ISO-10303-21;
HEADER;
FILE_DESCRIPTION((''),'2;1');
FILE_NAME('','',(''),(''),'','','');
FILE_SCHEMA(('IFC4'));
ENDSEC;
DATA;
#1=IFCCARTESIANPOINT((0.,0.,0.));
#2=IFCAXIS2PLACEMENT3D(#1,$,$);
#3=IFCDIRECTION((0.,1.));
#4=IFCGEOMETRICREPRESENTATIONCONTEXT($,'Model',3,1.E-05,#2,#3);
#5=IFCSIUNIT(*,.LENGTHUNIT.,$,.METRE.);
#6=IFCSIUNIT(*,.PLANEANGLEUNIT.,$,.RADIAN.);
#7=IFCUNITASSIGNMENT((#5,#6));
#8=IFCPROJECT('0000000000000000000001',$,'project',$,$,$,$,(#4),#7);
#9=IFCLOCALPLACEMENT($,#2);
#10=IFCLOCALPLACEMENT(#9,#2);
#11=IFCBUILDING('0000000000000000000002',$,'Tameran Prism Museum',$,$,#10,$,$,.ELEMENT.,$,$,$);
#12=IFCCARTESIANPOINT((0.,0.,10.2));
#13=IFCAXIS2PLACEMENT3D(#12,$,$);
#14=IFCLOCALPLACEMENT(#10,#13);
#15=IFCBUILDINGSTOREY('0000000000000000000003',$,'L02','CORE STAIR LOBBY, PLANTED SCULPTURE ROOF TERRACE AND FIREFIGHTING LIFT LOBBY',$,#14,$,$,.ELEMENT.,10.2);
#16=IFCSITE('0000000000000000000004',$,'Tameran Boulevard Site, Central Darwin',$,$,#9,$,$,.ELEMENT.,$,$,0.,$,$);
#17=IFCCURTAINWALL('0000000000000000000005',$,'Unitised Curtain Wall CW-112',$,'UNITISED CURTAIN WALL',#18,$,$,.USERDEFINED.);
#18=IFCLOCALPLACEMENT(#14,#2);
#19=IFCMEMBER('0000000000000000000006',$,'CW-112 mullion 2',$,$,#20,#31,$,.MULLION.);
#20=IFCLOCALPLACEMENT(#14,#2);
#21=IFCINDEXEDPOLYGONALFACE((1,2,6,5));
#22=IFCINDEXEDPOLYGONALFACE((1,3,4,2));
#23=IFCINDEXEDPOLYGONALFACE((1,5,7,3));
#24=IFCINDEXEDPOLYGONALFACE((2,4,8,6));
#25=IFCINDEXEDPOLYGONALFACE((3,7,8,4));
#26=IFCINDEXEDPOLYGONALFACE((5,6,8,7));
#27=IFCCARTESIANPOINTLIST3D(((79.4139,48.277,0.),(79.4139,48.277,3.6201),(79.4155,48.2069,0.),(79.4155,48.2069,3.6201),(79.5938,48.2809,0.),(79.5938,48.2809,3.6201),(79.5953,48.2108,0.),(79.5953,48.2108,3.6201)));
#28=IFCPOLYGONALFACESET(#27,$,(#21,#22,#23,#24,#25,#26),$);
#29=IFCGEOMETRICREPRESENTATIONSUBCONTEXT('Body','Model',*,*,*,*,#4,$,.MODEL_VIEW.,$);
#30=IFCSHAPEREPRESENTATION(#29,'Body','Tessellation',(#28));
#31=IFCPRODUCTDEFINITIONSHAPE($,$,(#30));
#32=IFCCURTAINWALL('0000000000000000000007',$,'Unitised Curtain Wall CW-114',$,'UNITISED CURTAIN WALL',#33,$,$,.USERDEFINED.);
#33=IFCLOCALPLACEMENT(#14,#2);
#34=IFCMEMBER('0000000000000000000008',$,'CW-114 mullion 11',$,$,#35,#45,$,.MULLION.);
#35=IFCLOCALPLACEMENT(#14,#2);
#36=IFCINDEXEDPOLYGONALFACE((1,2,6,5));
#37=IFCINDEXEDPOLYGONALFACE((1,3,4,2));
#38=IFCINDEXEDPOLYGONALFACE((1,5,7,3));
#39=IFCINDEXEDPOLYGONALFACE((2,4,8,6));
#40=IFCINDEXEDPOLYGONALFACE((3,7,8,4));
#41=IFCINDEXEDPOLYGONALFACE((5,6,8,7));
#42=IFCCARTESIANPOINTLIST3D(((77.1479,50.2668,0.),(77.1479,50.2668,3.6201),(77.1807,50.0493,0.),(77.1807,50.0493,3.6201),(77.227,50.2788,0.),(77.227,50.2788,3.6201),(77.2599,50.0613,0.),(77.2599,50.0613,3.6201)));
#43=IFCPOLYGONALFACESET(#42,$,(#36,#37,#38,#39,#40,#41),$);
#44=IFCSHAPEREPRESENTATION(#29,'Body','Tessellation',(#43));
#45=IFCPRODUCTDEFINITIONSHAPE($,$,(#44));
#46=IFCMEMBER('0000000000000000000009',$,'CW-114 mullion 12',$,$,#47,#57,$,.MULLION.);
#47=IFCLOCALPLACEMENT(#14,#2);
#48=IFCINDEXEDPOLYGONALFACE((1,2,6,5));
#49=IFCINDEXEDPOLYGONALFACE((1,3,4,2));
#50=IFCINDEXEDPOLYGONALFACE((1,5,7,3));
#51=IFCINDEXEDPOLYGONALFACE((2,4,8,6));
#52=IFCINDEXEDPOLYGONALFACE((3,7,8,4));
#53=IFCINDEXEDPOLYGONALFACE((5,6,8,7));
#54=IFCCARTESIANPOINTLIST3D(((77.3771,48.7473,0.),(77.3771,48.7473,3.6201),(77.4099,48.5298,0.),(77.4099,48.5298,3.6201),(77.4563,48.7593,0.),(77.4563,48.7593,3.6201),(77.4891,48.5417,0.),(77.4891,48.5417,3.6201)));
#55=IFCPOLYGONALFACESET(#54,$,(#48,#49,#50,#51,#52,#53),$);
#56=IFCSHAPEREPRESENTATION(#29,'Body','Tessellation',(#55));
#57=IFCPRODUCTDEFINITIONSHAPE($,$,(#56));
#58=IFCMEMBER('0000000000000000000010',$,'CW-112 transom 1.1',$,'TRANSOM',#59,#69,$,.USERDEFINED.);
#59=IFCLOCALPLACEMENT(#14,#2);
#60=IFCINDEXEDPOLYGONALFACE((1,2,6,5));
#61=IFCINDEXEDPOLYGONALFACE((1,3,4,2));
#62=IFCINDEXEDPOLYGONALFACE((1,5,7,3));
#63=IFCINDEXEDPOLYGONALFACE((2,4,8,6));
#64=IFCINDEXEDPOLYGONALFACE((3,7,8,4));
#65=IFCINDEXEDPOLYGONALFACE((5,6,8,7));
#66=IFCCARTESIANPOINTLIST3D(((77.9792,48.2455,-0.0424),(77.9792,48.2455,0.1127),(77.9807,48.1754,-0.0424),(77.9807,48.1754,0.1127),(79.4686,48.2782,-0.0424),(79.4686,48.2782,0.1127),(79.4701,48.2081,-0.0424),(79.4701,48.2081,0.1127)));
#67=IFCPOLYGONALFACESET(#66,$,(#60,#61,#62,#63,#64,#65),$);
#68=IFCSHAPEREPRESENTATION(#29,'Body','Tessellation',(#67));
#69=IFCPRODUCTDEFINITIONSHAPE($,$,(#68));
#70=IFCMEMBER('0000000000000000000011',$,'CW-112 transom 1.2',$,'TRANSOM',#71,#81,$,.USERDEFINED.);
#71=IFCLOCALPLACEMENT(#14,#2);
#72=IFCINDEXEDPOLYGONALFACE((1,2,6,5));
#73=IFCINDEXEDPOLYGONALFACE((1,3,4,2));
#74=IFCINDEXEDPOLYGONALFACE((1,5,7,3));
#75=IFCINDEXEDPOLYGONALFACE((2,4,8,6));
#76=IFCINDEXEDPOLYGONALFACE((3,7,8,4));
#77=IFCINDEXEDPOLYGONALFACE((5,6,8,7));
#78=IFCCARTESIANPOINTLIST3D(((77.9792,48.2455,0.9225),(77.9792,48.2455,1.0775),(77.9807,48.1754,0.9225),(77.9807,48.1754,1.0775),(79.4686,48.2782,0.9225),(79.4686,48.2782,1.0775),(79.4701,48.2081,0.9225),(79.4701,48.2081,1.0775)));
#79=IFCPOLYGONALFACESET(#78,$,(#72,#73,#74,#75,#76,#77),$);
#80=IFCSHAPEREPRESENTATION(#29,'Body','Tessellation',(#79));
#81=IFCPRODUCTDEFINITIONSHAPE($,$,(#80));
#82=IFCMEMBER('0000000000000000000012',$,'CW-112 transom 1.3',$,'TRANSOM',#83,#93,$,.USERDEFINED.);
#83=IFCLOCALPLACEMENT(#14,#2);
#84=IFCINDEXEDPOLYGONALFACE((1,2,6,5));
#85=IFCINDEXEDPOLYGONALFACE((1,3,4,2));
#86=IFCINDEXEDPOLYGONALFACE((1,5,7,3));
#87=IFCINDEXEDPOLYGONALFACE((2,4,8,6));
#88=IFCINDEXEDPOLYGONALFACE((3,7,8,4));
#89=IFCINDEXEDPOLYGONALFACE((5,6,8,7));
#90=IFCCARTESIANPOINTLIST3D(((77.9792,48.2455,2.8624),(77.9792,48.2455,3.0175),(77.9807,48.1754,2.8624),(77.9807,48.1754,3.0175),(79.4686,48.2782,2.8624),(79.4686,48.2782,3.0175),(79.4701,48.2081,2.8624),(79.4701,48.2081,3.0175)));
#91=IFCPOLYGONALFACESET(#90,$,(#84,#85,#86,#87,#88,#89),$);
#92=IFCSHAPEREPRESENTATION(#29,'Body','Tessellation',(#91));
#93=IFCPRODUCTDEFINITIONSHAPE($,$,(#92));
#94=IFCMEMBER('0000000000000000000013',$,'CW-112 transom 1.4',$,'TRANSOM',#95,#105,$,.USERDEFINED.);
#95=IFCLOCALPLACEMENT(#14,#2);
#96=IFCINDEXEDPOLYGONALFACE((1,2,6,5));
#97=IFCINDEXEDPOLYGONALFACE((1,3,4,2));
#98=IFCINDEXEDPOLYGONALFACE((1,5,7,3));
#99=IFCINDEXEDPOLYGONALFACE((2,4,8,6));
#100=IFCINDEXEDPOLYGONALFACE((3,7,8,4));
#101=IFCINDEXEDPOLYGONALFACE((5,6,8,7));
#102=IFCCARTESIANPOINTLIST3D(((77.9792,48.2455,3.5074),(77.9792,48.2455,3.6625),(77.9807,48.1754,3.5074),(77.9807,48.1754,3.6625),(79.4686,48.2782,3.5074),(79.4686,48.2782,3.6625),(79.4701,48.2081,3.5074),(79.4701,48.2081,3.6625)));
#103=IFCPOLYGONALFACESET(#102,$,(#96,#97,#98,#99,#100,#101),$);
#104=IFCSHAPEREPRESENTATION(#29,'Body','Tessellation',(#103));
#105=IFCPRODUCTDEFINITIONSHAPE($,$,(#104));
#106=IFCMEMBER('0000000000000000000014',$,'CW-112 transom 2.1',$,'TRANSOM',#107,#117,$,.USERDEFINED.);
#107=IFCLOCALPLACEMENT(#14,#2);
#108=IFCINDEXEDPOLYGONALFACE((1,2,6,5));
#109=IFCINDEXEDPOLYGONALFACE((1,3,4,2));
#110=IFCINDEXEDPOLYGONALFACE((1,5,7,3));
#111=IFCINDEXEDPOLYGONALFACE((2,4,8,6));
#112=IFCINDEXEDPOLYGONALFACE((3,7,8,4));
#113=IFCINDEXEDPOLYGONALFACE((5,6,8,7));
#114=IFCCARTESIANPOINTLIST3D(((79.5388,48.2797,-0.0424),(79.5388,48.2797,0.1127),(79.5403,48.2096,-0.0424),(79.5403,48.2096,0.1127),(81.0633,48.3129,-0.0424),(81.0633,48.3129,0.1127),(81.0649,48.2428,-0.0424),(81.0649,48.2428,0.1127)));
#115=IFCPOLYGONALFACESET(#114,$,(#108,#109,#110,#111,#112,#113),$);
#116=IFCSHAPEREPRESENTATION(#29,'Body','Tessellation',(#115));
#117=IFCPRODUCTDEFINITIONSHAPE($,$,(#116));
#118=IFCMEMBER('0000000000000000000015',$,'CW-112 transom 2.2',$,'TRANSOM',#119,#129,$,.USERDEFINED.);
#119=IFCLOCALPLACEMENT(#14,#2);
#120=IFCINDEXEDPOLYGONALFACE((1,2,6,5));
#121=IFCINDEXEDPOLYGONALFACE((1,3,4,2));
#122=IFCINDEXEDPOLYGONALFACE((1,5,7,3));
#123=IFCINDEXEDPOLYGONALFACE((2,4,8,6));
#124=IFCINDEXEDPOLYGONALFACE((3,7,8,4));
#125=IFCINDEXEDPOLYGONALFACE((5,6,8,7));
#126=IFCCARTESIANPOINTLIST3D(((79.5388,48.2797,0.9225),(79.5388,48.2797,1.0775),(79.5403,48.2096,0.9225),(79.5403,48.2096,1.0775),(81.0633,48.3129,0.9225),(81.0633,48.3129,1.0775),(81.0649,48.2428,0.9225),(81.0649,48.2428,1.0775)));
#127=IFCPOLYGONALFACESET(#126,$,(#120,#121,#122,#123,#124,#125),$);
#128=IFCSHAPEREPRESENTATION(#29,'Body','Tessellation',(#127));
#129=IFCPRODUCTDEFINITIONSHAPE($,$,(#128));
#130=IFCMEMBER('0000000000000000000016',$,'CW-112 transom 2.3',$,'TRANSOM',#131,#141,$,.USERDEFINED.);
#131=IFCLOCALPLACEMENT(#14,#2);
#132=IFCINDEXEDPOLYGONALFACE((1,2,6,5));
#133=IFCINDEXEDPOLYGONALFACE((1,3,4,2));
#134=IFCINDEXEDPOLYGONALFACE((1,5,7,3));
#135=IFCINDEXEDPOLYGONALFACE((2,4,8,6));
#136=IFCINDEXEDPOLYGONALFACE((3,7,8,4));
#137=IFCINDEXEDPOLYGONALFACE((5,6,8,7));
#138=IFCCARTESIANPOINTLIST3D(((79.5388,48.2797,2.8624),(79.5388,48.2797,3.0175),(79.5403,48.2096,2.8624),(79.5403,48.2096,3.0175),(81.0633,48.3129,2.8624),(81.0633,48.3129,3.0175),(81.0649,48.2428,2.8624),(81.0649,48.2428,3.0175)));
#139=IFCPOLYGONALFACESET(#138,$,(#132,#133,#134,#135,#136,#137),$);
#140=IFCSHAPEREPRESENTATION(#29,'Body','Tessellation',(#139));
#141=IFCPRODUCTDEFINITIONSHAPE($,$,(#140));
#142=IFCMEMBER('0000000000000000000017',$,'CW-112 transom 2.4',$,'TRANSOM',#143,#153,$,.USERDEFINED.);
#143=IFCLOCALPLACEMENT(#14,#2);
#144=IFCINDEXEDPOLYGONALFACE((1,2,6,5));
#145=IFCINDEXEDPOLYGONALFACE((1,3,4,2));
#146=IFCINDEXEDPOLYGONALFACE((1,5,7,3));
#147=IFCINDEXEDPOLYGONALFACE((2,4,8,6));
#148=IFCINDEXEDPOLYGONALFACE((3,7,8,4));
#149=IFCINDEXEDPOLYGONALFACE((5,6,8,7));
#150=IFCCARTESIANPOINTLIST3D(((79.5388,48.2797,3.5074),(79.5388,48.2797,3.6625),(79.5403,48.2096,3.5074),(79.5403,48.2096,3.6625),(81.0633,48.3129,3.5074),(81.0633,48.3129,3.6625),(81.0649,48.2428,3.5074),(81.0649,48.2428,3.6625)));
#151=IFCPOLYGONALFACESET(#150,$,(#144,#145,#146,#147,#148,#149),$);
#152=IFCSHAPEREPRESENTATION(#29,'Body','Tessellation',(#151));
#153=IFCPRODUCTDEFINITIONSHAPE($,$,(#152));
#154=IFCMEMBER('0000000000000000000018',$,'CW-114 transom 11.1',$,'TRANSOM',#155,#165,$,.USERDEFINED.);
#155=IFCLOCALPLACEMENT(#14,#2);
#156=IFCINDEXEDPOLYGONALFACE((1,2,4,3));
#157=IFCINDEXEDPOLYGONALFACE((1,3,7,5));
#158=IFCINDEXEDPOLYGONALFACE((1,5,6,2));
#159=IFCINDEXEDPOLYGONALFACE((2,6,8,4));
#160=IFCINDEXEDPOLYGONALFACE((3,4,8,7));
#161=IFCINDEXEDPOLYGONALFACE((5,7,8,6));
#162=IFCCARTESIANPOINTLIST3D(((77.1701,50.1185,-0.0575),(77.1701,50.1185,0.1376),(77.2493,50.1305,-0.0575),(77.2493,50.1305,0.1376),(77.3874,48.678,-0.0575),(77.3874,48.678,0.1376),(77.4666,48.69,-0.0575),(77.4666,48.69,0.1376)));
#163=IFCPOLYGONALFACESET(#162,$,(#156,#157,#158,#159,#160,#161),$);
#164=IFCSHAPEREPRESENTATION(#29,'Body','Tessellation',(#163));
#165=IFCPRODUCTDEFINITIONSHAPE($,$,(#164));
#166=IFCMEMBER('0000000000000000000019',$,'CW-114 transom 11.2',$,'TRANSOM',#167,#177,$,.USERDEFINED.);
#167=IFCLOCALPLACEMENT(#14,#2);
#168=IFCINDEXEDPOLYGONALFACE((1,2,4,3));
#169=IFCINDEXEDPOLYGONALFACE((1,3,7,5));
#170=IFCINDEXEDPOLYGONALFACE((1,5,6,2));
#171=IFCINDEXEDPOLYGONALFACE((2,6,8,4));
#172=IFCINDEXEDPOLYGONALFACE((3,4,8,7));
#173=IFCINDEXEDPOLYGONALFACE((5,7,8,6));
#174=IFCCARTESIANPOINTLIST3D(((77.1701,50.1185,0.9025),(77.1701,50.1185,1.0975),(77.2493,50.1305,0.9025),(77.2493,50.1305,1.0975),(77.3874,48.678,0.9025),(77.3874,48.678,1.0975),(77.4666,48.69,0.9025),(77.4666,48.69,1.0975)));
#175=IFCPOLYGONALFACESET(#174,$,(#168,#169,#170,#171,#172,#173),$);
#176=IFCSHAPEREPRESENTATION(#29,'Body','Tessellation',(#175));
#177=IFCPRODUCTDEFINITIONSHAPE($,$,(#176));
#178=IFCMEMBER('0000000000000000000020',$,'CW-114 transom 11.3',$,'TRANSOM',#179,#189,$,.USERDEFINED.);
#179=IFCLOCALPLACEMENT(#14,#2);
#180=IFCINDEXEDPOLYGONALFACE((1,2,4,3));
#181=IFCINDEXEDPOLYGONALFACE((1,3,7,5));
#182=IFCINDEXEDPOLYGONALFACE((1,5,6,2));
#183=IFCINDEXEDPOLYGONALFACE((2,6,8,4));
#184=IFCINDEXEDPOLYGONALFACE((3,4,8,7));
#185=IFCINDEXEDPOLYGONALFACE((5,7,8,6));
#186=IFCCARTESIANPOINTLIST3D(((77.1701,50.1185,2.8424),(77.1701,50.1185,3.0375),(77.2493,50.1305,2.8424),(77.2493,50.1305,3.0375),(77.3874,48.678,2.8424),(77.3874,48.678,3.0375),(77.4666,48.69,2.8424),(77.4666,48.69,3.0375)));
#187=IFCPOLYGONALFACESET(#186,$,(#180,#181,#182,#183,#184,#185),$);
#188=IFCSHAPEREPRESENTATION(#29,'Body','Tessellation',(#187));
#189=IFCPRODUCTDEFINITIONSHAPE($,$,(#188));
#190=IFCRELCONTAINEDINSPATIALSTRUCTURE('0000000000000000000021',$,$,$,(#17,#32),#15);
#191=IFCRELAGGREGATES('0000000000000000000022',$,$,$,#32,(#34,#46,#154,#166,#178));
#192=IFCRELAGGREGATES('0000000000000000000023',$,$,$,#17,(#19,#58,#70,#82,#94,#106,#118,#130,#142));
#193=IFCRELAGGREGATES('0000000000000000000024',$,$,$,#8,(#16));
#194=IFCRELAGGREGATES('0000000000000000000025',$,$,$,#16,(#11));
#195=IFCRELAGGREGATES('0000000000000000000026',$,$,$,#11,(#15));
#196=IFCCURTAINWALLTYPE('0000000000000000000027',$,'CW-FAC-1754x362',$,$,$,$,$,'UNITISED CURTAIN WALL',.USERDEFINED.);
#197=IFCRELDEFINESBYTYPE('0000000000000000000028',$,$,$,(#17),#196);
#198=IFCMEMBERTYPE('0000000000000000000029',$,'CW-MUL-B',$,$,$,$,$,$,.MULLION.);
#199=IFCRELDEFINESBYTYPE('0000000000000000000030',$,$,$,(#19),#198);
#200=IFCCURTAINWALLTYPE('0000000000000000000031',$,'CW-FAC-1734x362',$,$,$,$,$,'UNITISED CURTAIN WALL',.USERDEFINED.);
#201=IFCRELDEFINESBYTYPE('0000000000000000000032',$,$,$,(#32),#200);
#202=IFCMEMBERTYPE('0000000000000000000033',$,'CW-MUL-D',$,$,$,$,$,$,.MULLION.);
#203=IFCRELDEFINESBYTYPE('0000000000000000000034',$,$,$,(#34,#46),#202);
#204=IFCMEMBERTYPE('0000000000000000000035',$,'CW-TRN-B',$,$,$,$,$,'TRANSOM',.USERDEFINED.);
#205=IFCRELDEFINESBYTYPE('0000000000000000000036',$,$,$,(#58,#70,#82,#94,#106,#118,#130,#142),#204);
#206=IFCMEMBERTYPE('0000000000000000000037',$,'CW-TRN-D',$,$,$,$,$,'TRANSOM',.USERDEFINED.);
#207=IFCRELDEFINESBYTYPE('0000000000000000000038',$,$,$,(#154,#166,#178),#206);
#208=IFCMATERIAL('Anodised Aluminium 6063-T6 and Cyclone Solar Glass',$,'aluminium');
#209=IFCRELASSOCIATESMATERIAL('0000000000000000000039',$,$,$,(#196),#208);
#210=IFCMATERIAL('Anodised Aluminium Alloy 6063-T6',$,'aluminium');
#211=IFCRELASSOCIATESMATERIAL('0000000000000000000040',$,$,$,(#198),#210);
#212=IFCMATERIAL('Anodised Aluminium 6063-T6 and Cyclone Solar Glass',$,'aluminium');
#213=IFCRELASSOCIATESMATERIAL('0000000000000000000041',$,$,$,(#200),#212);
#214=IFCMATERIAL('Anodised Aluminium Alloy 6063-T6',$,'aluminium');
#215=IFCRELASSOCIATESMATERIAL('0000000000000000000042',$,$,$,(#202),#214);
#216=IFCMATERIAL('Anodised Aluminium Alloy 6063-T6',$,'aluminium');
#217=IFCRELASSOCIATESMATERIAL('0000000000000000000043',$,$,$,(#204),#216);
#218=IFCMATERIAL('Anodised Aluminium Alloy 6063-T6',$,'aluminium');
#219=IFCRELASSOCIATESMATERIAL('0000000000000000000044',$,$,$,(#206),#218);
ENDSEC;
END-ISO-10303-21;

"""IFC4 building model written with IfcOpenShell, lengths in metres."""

from ifc_helpers import new_model, si_unit, direction, frame, origin, origin_2d, place, context, subcontext, project, spatial, rectangle, extrude, material, material_profile, profile_set, type_object, element, aggregate, save


model = new_model("IFC4")

# Units and contexts
model_context = context("Model", 3, precision=1e-05, world=origin(), true_north=direction((0.0, 1.0)))
body_context = subcontext(model_context, "Body", "Model", "MODEL_VIEW")
ifc_project = project(units=[si_unit("LENGTHUNIT", "METRE"), si_unit("PLANEANGLEUNIT", "RADIAN")], contexts=[model_context])

# Site, building, storey
site_placement = place(None, origin())
site = spatial("IfcSite", under=ifc_project, at=site_placement, Name="Tameran Boulevard Site, Central Darwin", CompositionType="ELEMENT", RefElevation=0.0)
building_placement = place(site_placement, origin())
building = spatial("IfcBuilding", under=site, at=building_placement, Name="Tameran Prism Museum", CompositionType="ELEMENT")
storey_placement = place(building_placement, frame((0.0, 0.0, 10.2)))
storey = spatial("IfcBuildingStorey", under=building, at=storey_placement, Name="L02", Description="CORE STAIR LOBBY, PLANTED SCULPTURE ROOF TERRACE AND FIREFIGHTING LIFT LOBBY", CompositionType="ELEMENT", Elevation=10.2)

# Curtain wall, member
ifc_material_1 = material(Name="Anodised Aluminium 6063-T6 and Cyclone Solar Glass", Category="aluminium")
curtain_wall_type_1 = type_object("IfcCurtainWallType", Name="CW-FAC-1754x362", ElementType="UNITISED CURTAIN WALL", PredefinedType="USERDEFINED", material=ifc_material_1)
curtain_wall_1_placement = place(storey_placement, origin())
curtain_wall_1 = element("IfcCurtainWall", 1, at=curtain_wall_1_placement, inside=storey, type_object=curtain_wall_type_1, Name="Unitised Curtain Wall CW-112", ObjectType="UNITISED CURTAIN WALL", PredefinedType="USERDEFINED")
ifc_material_2 = material(Name="Anodised Aluminium Alloy 6063-T6", Category="aluminium")
ifc_material_profile_1 = material_profile(ifc_material_2, rectangle(XDim=0.0701, YDim=0.1799, at=origin_2d()))
ifc_profile_set_1 = profile_set([ifc_material_profile_1])
member_type_1 = type_object("IfcMemberType", Name="CW-MUL-B", PredefinedType="MULLION", material=ifc_profile_set_1)
member_1_placement = place(storey_placement, frame((79.5046, 48.2439, 0.0), z_axis=(0.0, 0.0, 1.0), x_axis=(-0.021831, 0.999762, 0.0)))
member_1 = element("IfcMember", 2, at=member_1_placement, type_object=member_type_1, Name="CW-112 mullion 2", PredefinedType="MULLION", context=body_context, shape_type="SweptSolid", body=[
    extrude(rectangle(XDim=0.0701, YDim=0.1799, at=origin_2d()), origin(), (0.0, 0.0, 1.0), 3.6201),
])

# Curtain wall, members
ifc_material_3 = material(Name="Anodised Aluminium 6063-T6 and Cyclone Solar Glass", Category="aluminium")
curtain_wall_type_2 = type_object("IfcCurtainWallType", Name="CW-FAC-1734x362", ElementType="UNITISED CURTAIN WALL", PredefinedType="USERDEFINED", material=ifc_material_3)
curtain_wall_2_placement = place(storey_placement, origin())
curtain_wall_2 = element("IfcCurtainWall", 3, at=curtain_wall_2_placement, inside=storey, type_object=curtain_wall_type_2, Name="Unitised Curtain Wall CW-114", ObjectType="UNITISED CURTAIN WALL", PredefinedType="USERDEFINED")
ifc_material_4 = material(Name="Anodised Aluminium Alloy 6063-T6", Category="aluminium")
ifc_material_profile_2 = material_profile(ifc_material_4, rectangle(XDim=0.0801, YDim=0.22, at=origin_2d()))
ifc_profile_set_2 = profile_set([ifc_material_profile_2])
member_type_2 = type_object("IfcMemberType", Name="CW-MUL-D", PredefinedType="MULLION", material=ifc_profile_set_2)
member_2_placement = place(storey_placement, frame((77.2039, 50.1641, 0.0), z_axis=(0.0, 0.0, 1.0), x_axis=(0.988812, 0.149167, 0.0)))
member_2 = element("IfcMember", 4, at=member_2_placement, type_object=member_type_2, Name="CW-114 mullion 11", PredefinedType="MULLION", context=body_context, shape_type="SweptSolid", body=[
    extrude(rectangle(XDim=0.0801, YDim=0.22, at=origin_2d()), origin(), (0.0, 0.0, 1.0), 3.6201),
])
member_3_placement = place(storey_placement, frame((77.4331, 48.6445, 0.0), z_axis=(0.0, 0.0, 1.0), x_axis=(0.988812, 0.149167, 0.0)))
member_3 = element("IfcMember", 5, at=member_3_placement, type_object=member_type_2, Name="CW-114 mullion 12", PredefinedType="MULLION", context=body_context, shape_type="SweptSolid", body=[
    extrude(rectangle(XDim=0.0801, YDim=0.22, at=origin_2d()), origin(), (0.0, 0.0, 1.0), 3.6201),
])

# Members
ifc_material_5 = material(Name="Anodised Aluminium Alloy 6063-T6", Category="aluminium")
ifc_material_profile_3 = material_profile(ifc_material_5, rectangle(XDim=0.0701, YDim=0.155, at=origin_2d()))
ifc_profile_set_3 = profile_set([ifc_material_profile_3])
member_type_3 = type_object("IfcMemberType", Name="CW-TRN-B", ElementType="TRANSOM", PredefinedType="USERDEFINED", material=ifc_profile_set_3)
member_4_placement = place(storey_placement, frame((77.98, 48.2104, 0.0352), z_axis=(0.999759, 0.021958, 0.0), x_axis=(-0.021958, 0.999759, 0.0)))
member_4 = element("IfcMember", 6, at=member_4_placement, type_object=member_type_3, Name="CW-112 transom 1.1", ObjectType="TRANSOM", PredefinedType="USERDEFINED", context=body_context, shape_type="SweptSolid", body=[
    extrude(rectangle(XDim=0.0701, YDim=0.155, at=origin_2d()), origin(), (0.0, 0.0, 1.0), 1.4897),
])
member_5_placement = place(storey_placement, frame((77.98, 48.2104, 1.0), z_axis=(0.999759, 0.021958, 0.0), x_axis=(-0.021958, 0.999759, 0.0)))
member_5 = element("IfcMember", 7, at=member_5_placement, type_object=member_type_3, Name="CW-112 transom 1.2", ObjectType="TRANSOM", PredefinedType="USERDEFINED", context=body_context, shape_type="SweptSolid", body=[
    extrude(rectangle(XDim=0.0701, YDim=0.155, at=origin_2d()), origin(), (0.0, 0.0, 1.0), 1.4897),
])
member_6_placement = place(storey_placement, frame((77.98, 48.2104, 2.9399), z_axis=(0.999759, 0.021958, 0.0), x_axis=(-0.021958, 0.999759, 0.0)))
member_6 = element("IfcMember", 8, at=member_6_placement, type_object=member_type_3, Name="CW-112 transom 1.3", ObjectType="TRANSOM", PredefinedType="USERDEFINED", context=body_context, shape_type="SweptSolid", body=[
    extrude(rectangle(XDim=0.0701, YDim=0.155, at=origin_2d()), origin(), (0.0, 0.0, 1.0), 1.4897),
])
member_7_placement = place(storey_placement, frame((77.98, 48.2104, 3.585), z_axis=(0.999759, 0.021958, 0.0), x_axis=(-0.021958, 0.999759, 0.0)))
member_7 = element("IfcMember", 9, at=member_7_placement, type_object=member_type_3, Name="CW-112 transom 1.4", ObjectType="TRANSOM", PredefinedType="USERDEFINED", context=body_context, shape_type="SweptSolid", body=[
    extrude(rectangle(XDim=0.0701, YDim=0.155, at=origin_2d()), origin(), (0.0, 0.0, 1.0), 1.4897),
])
member_8_placement = place(storey_placement, frame((79.5396, 48.2446, 0.0352), z_axis=(0.999763, 0.021772, 0.0), x_axis=(-0.021772, 0.999763, 0.0)))
member_8 = element("IfcMember", 10, at=member_8_placement, type_object=member_type_3, Name="CW-112 transom 2.1", ObjectType="TRANSOM", PredefinedType="USERDEFINED", context=body_context, shape_type="SweptSolid", body=[
    extrude(rectangle(XDim=0.0701, YDim=0.155, at=origin_2d()), origin(), (0.0, 0.0, 1.0), 1.5249),
])
member_9_placement = place(storey_placement, frame((79.5396, 48.2446, 1.0), z_axis=(0.999763, 0.021772, 0.0), x_axis=(-0.021772, 0.999763, 0.0)))
member_9 = element("IfcMember", 11, at=member_9_placement, type_object=member_type_3, Name="CW-112 transom 2.2", ObjectType="TRANSOM", PredefinedType="USERDEFINED", context=body_context, shape_type="SweptSolid", body=[
    extrude(rectangle(XDim=0.0701, YDim=0.155, at=origin_2d()), origin(), (0.0, 0.0, 1.0), 1.5249),
])
member_10_placement = place(storey_placement, frame((79.5396, 48.2446, 2.9399), z_axis=(0.999763, 0.021772, 0.0), x_axis=(-0.021772, 0.999763, 0.0)))
member_10 = element("IfcMember", 12, at=member_10_placement, type_object=member_type_3, Name="CW-112 transom 2.3", ObjectType="TRANSOM", PredefinedType="USERDEFINED", context=body_context, shape_type="SweptSolid", body=[
    extrude(rectangle(XDim=0.0701, YDim=0.155, at=origin_2d()), origin(), (0.0, 0.0, 1.0), 1.5249),
])
member_11_placement = place(storey_placement, frame((79.5396, 48.2446, 3.585), z_axis=(0.999763, 0.021772, 0.0), x_axis=(-0.021772, 0.999763, 0.0)))
member_11 = element("IfcMember", 13, at=member_11_placement, type_object=member_type_3, Name="CW-112 transom 2.4", ObjectType="TRANSOM", PredefinedType="USERDEFINED", context=body_context, shape_type="SweptSolid", body=[
    extrude(rectangle(XDim=0.0701, YDim=0.155, at=origin_2d()), origin(), (0.0, 0.0, 1.0), 1.5249),
])
ifc_material_6 = material(Name="Anodised Aluminium Alloy 6063-T6", Category="aluminium")
ifc_material_profile_4 = material_profile(ifc_material_6, rectangle(XDim=0.0801, YDim=0.1951, at=origin_2d()))
ifc_profile_set_4 = profile_set([ifc_material_profile_4])
member_type_4 = type_object("IfcMemberType", Name="CW-TRN-D", ElementType="TRANSOM", PredefinedType="USERDEFINED", material=ifc_profile_set_4)
member_12_placement = place(storey_placement, frame((77.2097, 50.1245, 0.04), z_axis=(0.14916, -0.988813, 0.0), x_axis=(0.988813, 0.14916, 0.0)))
member_12 = element("IfcMember", 14, at=member_12_placement, type_object=member_type_4, Name="CW-114 transom 11.1", ObjectType="TRANSOM", PredefinedType="USERDEFINED", context=body_context, shape_type="SweptSolid", body=[
    extrude(rectangle(XDim=0.0801, YDim=0.1951, at=origin_2d()), origin(), (0.0, 0.0, 1.0), 1.4568),
])
member_13_placement = place(storey_placement, frame((77.2097, 50.1245, 1.0), z_axis=(0.14916, -0.988813, 0.0), x_axis=(0.988813, 0.14916, 0.0)))
member_13 = element("IfcMember", 15, at=member_13_placement, type_object=member_type_4, Name="CW-114 transom 11.2", ObjectType="TRANSOM", PredefinedType="USERDEFINED", context=body_context, shape_type="SweptSolid", body=[
    extrude(rectangle(XDim=0.0801, YDim=0.1951, at=origin_2d()), origin(), (0.0, 0.0, 1.0), 1.4568),
])
member_14_placement = place(storey_placement, frame((77.2097, 50.1245, 2.9399), z_axis=(0.14916, -0.988813, 0.0), x_axis=(0.988813, 0.14916, 0.0)))
member_14 = element("IfcMember", 16, at=member_14_placement, type_object=member_type_4, Name="CW-114 transom 11.3", ObjectType="TRANSOM", PredefinedType="USERDEFINED", context=body_context, shape_type="SweptSolid", body=[
    extrude(rectangle(XDim=0.0801, YDim=0.1951, at=origin_2d()), origin(), (0.0, 0.0, 1.0), 1.4568),
])

aggregate(curtain_wall_2, [member_2, member_3, member_12, member_13, member_14])
aggregate(curtain_wall_1, [member_1, member_4, member_5, member_6, member_7, member_8, member_9, member_10, member_11])

save(model, "model.ifc")
